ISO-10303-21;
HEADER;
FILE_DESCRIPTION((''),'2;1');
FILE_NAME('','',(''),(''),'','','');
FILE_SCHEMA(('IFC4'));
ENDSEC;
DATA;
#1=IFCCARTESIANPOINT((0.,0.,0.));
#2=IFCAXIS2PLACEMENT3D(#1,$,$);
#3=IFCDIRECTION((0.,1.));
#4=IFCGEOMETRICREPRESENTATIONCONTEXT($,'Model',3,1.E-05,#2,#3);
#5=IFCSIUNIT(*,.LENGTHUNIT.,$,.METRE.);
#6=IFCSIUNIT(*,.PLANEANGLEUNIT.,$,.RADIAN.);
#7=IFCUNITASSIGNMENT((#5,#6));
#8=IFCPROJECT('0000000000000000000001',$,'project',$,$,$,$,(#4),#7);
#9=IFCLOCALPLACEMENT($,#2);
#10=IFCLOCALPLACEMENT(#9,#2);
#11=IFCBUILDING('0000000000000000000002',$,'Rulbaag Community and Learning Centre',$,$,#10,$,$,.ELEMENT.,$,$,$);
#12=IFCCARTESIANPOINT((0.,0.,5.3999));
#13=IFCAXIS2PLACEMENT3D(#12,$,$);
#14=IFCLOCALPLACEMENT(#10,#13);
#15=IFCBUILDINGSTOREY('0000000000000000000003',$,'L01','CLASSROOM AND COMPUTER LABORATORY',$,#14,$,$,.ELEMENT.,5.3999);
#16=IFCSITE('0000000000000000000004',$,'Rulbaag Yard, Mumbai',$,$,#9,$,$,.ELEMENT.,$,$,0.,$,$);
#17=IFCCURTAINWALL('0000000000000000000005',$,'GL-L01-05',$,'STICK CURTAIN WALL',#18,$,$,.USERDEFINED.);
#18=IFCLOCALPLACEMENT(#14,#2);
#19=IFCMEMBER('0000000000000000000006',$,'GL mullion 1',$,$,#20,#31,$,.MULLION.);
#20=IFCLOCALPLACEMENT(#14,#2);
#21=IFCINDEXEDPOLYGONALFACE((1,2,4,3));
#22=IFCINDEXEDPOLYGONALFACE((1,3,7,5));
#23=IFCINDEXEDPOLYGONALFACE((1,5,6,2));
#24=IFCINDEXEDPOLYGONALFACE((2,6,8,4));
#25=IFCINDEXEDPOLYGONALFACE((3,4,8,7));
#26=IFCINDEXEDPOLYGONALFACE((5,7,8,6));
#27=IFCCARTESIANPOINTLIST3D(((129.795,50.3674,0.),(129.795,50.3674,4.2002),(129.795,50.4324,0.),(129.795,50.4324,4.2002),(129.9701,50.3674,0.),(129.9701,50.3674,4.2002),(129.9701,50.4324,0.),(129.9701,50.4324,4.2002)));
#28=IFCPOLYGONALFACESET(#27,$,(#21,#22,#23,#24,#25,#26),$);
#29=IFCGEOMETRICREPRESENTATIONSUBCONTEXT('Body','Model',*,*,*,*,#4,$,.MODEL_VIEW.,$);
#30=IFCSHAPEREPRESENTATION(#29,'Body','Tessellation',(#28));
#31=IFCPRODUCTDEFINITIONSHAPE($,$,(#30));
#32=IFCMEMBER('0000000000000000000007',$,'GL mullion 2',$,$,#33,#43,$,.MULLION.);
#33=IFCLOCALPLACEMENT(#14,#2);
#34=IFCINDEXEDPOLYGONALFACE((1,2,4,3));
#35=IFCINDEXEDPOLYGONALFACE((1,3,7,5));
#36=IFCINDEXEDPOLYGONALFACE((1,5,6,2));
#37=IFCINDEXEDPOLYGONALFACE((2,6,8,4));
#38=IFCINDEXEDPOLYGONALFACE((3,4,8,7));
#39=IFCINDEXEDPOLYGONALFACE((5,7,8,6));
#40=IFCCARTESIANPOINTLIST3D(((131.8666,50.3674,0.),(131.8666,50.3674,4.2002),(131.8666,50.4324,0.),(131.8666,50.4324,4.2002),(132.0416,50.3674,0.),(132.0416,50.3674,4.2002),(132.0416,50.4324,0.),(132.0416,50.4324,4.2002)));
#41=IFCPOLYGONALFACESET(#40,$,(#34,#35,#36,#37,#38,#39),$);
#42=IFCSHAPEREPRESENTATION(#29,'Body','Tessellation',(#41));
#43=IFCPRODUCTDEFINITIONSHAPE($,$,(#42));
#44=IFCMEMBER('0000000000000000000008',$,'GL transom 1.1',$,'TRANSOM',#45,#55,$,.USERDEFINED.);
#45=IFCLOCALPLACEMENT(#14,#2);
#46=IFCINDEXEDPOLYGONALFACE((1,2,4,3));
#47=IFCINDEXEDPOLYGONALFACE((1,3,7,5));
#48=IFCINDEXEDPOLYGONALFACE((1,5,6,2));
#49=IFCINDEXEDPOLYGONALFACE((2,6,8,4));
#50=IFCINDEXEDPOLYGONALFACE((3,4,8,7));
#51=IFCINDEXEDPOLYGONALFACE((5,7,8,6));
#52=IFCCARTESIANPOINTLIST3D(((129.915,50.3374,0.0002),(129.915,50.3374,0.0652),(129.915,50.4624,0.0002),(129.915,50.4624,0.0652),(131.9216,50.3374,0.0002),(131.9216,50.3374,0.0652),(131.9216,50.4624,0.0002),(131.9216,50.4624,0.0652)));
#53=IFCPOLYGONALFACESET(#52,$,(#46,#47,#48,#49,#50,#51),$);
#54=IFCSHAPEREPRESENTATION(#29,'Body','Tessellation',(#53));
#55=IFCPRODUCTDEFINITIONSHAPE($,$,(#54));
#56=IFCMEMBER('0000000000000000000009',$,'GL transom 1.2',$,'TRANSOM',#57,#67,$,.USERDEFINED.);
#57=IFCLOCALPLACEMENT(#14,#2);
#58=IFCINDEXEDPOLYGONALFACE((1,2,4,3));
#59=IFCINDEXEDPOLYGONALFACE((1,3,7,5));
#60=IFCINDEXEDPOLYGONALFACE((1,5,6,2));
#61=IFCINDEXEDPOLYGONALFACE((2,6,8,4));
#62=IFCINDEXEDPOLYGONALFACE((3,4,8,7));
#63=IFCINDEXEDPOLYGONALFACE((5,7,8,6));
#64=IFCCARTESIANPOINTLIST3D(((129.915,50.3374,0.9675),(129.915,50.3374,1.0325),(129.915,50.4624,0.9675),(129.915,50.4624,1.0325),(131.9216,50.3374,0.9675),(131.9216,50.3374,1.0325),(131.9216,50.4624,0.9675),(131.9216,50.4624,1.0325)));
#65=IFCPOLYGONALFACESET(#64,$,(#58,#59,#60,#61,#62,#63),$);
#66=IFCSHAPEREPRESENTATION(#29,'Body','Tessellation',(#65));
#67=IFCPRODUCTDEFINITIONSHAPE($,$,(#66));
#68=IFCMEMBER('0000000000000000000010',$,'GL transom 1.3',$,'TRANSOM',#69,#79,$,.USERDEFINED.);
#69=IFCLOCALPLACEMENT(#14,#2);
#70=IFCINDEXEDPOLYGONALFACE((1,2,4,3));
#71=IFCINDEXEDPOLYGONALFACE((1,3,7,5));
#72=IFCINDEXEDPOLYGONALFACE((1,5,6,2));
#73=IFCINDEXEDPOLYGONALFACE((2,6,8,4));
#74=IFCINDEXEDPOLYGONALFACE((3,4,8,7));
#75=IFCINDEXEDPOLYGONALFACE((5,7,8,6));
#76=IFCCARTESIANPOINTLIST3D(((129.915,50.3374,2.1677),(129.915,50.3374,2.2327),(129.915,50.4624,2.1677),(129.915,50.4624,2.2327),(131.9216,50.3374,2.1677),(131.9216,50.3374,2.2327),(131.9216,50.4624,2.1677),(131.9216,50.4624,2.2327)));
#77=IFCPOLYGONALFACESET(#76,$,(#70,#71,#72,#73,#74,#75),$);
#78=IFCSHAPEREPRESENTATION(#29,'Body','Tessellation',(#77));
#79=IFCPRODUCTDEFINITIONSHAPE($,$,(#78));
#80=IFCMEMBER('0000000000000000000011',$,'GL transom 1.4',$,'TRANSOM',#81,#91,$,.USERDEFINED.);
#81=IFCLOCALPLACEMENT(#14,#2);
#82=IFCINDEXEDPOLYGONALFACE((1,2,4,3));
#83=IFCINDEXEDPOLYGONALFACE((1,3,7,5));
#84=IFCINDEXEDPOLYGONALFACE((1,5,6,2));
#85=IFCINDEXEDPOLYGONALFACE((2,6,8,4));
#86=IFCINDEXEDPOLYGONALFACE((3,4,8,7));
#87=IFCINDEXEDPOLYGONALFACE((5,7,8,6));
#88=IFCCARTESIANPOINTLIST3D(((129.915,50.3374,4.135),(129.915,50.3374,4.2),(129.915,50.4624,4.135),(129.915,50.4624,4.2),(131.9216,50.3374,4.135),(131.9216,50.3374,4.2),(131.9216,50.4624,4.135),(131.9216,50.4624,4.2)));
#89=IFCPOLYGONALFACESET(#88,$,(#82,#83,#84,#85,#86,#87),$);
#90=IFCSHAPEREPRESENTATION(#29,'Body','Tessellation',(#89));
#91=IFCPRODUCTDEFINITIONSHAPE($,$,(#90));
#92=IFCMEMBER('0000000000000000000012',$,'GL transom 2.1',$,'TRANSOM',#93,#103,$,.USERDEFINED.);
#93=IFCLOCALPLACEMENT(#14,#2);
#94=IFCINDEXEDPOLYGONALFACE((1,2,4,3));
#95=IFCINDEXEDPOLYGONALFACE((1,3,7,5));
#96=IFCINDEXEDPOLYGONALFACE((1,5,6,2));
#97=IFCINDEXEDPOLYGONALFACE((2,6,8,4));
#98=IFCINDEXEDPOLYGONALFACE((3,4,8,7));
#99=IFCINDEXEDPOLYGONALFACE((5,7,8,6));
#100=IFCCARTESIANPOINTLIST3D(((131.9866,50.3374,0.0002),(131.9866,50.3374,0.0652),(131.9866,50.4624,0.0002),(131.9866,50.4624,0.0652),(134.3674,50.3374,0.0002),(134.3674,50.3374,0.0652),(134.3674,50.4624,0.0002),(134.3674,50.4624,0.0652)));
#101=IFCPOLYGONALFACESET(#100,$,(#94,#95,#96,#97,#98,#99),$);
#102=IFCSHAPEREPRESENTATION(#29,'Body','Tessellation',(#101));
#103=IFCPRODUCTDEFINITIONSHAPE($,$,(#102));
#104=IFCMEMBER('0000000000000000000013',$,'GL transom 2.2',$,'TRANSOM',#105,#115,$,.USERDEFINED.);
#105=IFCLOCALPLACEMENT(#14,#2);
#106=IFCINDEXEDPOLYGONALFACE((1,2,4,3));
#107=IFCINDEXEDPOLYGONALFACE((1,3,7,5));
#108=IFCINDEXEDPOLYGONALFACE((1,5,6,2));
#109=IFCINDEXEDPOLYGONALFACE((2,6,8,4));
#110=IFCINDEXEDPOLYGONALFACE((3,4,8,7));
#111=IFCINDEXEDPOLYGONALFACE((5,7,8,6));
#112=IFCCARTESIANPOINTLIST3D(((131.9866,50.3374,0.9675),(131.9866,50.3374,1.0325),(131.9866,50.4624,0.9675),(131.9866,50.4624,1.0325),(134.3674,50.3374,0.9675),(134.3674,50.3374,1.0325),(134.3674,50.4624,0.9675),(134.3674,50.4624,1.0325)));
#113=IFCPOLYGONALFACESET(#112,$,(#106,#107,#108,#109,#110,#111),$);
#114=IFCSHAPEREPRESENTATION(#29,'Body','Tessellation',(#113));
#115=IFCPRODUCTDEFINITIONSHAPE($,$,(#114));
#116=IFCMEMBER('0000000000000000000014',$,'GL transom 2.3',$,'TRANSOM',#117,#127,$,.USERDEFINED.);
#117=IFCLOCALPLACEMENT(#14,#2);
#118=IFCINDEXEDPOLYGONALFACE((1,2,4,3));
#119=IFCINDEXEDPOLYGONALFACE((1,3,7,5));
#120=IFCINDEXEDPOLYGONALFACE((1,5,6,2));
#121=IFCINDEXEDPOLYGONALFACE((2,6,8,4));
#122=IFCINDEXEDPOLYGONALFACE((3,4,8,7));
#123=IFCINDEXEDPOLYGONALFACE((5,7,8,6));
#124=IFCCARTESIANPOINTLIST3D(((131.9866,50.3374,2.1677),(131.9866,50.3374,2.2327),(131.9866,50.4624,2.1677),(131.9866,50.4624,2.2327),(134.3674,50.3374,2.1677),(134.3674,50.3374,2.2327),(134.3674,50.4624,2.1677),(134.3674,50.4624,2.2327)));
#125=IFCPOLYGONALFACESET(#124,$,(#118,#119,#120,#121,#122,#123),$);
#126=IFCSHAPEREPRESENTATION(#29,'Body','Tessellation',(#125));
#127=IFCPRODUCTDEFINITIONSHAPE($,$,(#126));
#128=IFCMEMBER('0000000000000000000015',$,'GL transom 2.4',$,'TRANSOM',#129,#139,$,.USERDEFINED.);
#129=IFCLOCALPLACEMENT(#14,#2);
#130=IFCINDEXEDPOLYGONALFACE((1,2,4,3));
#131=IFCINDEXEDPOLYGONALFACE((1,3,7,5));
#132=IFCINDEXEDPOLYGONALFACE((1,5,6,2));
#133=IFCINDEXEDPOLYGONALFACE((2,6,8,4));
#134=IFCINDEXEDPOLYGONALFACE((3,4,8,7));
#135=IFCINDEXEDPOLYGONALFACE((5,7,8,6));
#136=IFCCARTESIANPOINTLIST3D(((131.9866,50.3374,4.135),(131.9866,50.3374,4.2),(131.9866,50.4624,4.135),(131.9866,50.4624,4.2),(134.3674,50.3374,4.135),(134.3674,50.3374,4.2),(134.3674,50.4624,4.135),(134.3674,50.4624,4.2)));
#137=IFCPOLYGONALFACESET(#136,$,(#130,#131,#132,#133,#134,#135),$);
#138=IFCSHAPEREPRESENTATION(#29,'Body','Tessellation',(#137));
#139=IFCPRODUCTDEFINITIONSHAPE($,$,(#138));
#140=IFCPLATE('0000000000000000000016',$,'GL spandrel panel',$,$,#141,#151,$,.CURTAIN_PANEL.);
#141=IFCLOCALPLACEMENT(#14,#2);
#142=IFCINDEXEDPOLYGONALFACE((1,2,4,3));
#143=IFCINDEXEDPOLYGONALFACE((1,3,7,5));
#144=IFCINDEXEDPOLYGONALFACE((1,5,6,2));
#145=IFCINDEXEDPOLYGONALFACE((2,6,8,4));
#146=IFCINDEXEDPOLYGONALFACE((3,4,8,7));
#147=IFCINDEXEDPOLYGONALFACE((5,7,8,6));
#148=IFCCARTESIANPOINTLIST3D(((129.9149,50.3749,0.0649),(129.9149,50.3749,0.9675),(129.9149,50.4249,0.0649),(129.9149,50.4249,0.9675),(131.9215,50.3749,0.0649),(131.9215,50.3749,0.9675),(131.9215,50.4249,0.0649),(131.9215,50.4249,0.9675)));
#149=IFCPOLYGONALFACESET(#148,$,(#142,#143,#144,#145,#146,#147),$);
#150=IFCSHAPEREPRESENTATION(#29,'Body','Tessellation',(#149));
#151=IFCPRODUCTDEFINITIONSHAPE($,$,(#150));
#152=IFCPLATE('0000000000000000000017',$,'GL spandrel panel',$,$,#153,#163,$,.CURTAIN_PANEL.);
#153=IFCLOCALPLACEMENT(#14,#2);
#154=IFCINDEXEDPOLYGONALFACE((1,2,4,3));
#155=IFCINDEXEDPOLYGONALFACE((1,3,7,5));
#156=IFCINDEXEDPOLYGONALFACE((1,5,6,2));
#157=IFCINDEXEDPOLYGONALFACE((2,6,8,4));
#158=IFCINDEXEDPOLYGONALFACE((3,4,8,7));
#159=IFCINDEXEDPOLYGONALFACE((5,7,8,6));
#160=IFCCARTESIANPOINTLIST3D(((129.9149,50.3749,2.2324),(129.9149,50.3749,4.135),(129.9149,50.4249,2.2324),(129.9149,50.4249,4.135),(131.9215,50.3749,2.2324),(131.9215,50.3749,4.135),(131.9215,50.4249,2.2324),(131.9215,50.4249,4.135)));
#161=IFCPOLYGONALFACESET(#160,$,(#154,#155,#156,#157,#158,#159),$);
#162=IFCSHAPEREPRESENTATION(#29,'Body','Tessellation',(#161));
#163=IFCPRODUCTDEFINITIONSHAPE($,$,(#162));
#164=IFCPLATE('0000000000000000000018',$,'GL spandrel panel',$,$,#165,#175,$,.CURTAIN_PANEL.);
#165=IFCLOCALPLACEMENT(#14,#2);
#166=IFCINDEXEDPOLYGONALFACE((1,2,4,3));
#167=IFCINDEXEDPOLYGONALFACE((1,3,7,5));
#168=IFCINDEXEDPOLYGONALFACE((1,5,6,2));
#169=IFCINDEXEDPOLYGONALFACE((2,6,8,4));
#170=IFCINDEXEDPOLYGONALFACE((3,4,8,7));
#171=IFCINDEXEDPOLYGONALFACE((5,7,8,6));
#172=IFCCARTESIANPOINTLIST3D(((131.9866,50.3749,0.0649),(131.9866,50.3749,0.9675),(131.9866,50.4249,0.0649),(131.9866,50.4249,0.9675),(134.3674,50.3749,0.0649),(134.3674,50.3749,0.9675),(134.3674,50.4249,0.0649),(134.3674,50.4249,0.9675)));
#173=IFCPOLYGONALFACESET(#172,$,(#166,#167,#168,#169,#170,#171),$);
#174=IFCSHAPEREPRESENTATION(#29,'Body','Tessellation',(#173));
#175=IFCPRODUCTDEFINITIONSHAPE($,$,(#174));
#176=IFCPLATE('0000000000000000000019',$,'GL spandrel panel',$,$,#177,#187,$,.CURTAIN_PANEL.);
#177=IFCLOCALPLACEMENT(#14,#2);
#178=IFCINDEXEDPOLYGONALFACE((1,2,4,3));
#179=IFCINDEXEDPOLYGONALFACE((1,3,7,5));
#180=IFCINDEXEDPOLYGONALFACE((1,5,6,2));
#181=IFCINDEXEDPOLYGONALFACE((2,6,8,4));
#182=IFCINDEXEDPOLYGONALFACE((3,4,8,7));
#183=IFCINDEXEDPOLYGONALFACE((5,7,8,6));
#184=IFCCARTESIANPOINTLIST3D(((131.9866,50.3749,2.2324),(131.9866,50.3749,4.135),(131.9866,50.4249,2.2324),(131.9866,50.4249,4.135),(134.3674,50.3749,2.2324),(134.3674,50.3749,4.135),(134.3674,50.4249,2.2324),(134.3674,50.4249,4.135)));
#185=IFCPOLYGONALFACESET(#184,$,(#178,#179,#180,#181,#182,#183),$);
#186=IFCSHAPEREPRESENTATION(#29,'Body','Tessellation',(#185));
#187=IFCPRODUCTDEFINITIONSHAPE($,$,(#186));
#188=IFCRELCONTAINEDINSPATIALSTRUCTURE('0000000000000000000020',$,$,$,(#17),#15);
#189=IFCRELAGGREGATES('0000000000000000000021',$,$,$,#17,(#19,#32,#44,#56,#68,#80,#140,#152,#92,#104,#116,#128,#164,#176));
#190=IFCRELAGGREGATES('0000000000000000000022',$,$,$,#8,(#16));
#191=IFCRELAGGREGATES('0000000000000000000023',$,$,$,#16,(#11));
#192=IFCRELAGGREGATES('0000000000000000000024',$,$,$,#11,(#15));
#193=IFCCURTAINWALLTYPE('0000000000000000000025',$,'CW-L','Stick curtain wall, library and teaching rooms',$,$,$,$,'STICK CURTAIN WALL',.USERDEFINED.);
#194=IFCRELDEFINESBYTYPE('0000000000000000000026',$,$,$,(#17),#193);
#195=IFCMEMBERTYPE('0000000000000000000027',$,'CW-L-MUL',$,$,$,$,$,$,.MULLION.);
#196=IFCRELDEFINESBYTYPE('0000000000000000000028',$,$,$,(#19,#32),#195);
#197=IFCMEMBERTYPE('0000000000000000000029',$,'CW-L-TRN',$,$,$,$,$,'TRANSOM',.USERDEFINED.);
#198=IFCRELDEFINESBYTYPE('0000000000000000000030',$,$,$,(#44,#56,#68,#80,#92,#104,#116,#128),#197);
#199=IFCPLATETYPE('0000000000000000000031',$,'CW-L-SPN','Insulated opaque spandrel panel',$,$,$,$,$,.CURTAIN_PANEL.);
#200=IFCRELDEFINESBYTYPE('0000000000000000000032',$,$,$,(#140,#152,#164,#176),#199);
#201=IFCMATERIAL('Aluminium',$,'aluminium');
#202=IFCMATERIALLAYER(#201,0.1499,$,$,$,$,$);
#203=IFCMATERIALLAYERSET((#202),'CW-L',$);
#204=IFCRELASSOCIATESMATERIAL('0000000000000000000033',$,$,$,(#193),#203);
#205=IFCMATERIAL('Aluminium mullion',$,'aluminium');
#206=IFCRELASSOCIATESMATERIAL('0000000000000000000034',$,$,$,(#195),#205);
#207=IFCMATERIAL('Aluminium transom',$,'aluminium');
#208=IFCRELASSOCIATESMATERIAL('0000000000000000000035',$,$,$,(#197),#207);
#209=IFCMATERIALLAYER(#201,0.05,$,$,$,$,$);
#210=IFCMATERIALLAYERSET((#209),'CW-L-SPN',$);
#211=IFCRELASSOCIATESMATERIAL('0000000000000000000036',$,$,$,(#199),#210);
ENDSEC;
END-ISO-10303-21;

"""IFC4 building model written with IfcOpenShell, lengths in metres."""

from ifc_helpers import new_model, si_unit, direction, frame, origin, origin_2d, place, context, subcontext, project, spatial, rectangle, extrude, material, layer, layer_set, material_profile, profile_set, type_object, element, aggregate, save


model = new_model("IFC4")

# Units and contexts
model_context = context("Model", 3, precision=1e-05, world=origin(), true_north=direction((0.0, 1.0)))
body_context = subcontext(model_context, "Body", "Model", "MODEL_VIEW")
ifc_project = project(units=[si_unit("LENGTHUNIT", "METRE"), si_unit("PLANEANGLEUNIT", "RADIAN")], contexts=[model_context])

# Site, building, storey
site_placement = place(None, origin())
site = spatial("IfcSite", under=ifc_project, at=site_placement, Name="Rulbaag Yard, Mumbai", CompositionType="ELEMENT", RefElevation=0.0)
building_placement = place(site_placement, origin())
building = spatial("IfcBuilding", under=site, at=building_placement, Name="Rulbaag Community and Learning Centre", CompositionType="ELEMENT")
storey_placement = place(building_placement, frame((0.0, 0.0, 5.3999)))
storey = spatial("IfcBuildingStorey", under=building, at=storey_placement, Name="L01", Description="CLASSROOM AND COMPUTER LABORATORY", CompositionType="ELEMENT", Elevation=5.3999)

# Curtain wall, members, plates
ifc_material_1 = material(Name="Aluminium", Category="aluminium")
ifc_layer_1 = layer(ifc_material_1, 0.1499)
ifc_layer_set_1 = layer_set([ifc_layer_1], Name="CW-L")
curtain_wall_type = type_object("IfcCurtainWallType", Name="CW-L", Description="Stick curtain wall, library and teaching rooms", ElementType="STICK CURTAIN WALL", PredefinedType="USERDEFINED", material=ifc_layer_set_1)
curtain_wall_placement = place(storey_placement, origin())
curtain_wall = element("IfcCurtainWall", 1, at=curtain_wall_placement, inside=storey, type_object=curtain_wall_type, Name="GL-L01-05", ObjectType="STICK CURTAIN WALL", PredefinedType="USERDEFINED")
ifc_material_2 = material(Name="Aluminium mullion", Category="aluminium")
ifc_material_profile_1 = material_profile(ifc_material_2, rectangle(XDim=0.0649, YDim=0.175, at=origin_2d()), Name="AL 65x175")
ifc_profile_set_1 = profile_set([ifc_material_profile_1], Name="Aluminium mullion")
member_type_1 = type_object("IfcMemberType", Name="CW-L-MUL", PredefinedType="MULLION", material=ifc_profile_set_1)
member_1_placement = place(storey_placement, frame((129.8826, 50.3999, 0.0), z_axis=(0.0, 0.0, 1.0), x_axis=(0.0, 1.0, 0.0)))
member_1 = element("IfcMember", 2, at=member_1_placement, type_object=member_type_1, Name="GL mullion 1", PredefinedType="MULLION", context=body_context, shape_type="SweptSolid", body=[
    extrude(rectangle(XDim=0.0649, YDim=0.175, at=origin_2d()), origin(), (0.0, 0.0, 1.0), 4.2002),
])
member_2_placement = place(storey_placement, frame((131.9541, 50.3999, 0.0), z_axis=(0.0, 0.0, 1.0), x_axis=(0.0, 1.0, 0.0)))
member_2 = element("IfcMember", 3, at=member_2_placement, type_object=member_type_1, Name="GL mullion 2", PredefinedType="MULLION", context=body_context, shape_type="SweptSolid", body=[
    extrude(rectangle(XDim=0.0649, YDim=0.175, at=origin_2d()), origin(), (0.0, 0.0, 1.0), 4.2002),
])
ifc_material_3 = material(Name="Aluminium transom", Category="aluminium")
ifc_material_profile_2 = material_profile(ifc_material_3, rectangle(XDim=0.125, YDim=0.0649, at=origin_2d()), Name="AL 65x125 T")
ifc_profile_set_2 = profile_set([ifc_material_profile_2], Name="Aluminium transom")
member_type_2 = type_object("IfcMemberType", Name="CW-L-TRN", ElementType="TRANSOM", PredefinedType="USERDEFINED", material=ifc_profile_set_2)
member_3_placement = place(storey_placement, frame((129.915, 50.3999, 0.0327), z_axis=(1.0, 0.0, 0.0), x_axis=(0.0, 1.0, 0.0)))
member_3 = element("IfcMember", 4, at=member_3_placement, type_object=member_type_2, Name="GL transom 1.1", ObjectType="TRANSOM", PredefinedType="USERDEFINED", context=body_context, shape_type="SweptSolid", body=[
    extrude(rectangle(XDim=0.125, YDim=0.0649, at=origin_2d()), origin(), (0.0, 0.0, 1.0), 2.0066),
])
member_4_placement = place(storey_placement, frame((129.915, 50.3999, 1.0), z_axis=(1.0, 0.0, 0.0), x_axis=(0.0, 1.0, 0.0)))
member_4 = element("IfcMember", 5, at=member_4_placement, type_object=member_type_2, Name="GL transom 1.2", ObjectType="TRANSOM", PredefinedType="USERDEFINED", context=body_context, shape_type="SweptSolid", body=[
    extrude(rectangle(XDim=0.125, YDim=0.0649, at=origin_2d()), origin(), (0.0, 0.0, 1.0), 2.0066),
])
member_5_placement = place(storey_placement, frame((129.915, 50.3999, 2.2002), z_axis=(1.0, 0.0, 0.0), x_axis=(0.0, 1.0, 0.0)))
member_5 = element("IfcMember", 6, at=member_5_placement, type_object=member_type_2, Name="GL transom 1.3", ObjectType="TRANSOM", PredefinedType="USERDEFINED", context=body_context, shape_type="SweptSolid", body=[
    extrude(rectangle(XDim=0.125, YDim=0.0649, at=origin_2d()), origin(), (0.0, 0.0, 1.0), 2.0066),
])
member_6_placement = place(storey_placement, frame((129.915, 50.3999, 4.1675), z_axis=(1.0, 0.0, 0.0), x_axis=(0.0, 1.0, 0.0)))
member_6 = element("IfcMember", 7, at=member_6_placement, type_object=member_type_2, Name="GL transom 1.4", ObjectType="TRANSOM", PredefinedType="USERDEFINED", context=body_context, shape_type="SweptSolid", body=[
    extrude(rectangle(XDim=0.125, YDim=0.0649, at=origin_2d()), origin(), (0.0, 0.0, 1.0), 2.0066),
])
member_7_placement = place(storey_placement, frame((131.9866, 50.3999, 0.0327), z_axis=(1.0, 0.0, 0.0), x_axis=(0.0, 1.0, 0.0)))
member_7 = element("IfcMember", 8, at=member_7_placement, type_object=member_type_2, Name="GL transom 2.1", ObjectType="TRANSOM", PredefinedType="USERDEFINED", context=body_context, shape_type="SweptSolid", body=[
    extrude(rectangle(XDim=0.125, YDim=0.0649, at=origin_2d()), origin(), (0.0, 0.0, 1.0), 2.3809),
])
member_8_placement = place(storey_placement, frame((131.9866, 50.3999, 1.0), z_axis=(1.0, 0.0, 0.0), x_axis=(0.0, 1.0, 0.0)))
member_8 = element("IfcMember", 9, at=member_8_placement, type_object=member_type_2, Name="GL transom 2.2", ObjectType="TRANSOM", PredefinedType="USERDEFINED", context=body_context, shape_type="SweptSolid", body=[
    extrude(rectangle(XDim=0.125, YDim=0.0649, at=origin_2d()), origin(), (0.0, 0.0, 1.0), 2.3809),
])
member_9_placement = place(storey_placement, frame((131.9866, 50.3999, 2.2002), z_axis=(1.0, 0.0, 0.0), x_axis=(0.0, 1.0, 0.0)))
member_9 = element("IfcMember", 10, at=member_9_placement, type_object=member_type_2, Name="GL transom 2.3", ObjectType="TRANSOM", PredefinedType="USERDEFINED", context=body_context, shape_type="SweptSolid", body=[
    extrude(rectangle(XDim=0.125, YDim=0.0649, at=origin_2d()), origin(), (0.0, 0.0, 1.0), 2.3809),
])
member_10_placement = place(storey_placement, frame((131.9866, 50.3999, 4.1675), z_axis=(1.0, 0.0, 0.0), x_axis=(0.0, 1.0, 0.0)))
member_10 = element("IfcMember", 11, at=member_10_placement, type_object=member_type_2, Name="GL transom 2.4", ObjectType="TRANSOM", PredefinedType="USERDEFINED", context=body_context, shape_type="SweptSolid", body=[
    extrude(rectangle(XDim=0.125, YDim=0.0649, at=origin_2d()), origin(), (0.0, 0.0, 1.0), 2.3809),
])
ifc_layer_2 = layer(ifc_material_1, 0.05)
ifc_layer_set_2 = layer_set([ifc_layer_2], Name="CW-L-SPN")
plate_type_1 = type_object("IfcPlateType", Name="CW-L-SPN", Description="Insulated opaque spandrel panel", PredefinedType="CURTAIN_PANEL", material=ifc_layer_set_2)
plate_1_placement = place(storey_placement, frame((130.9182, 50.3999, 0.0649), z_axis=(0.0, 0.0, 1.0), x_axis=(1.0, 0.0, 0.0)))
plate_1 = element("IfcPlate", 12, at=plate_1_placement, type_object=plate_type_1, Name="GL spandrel panel", PredefinedType="CURTAIN_PANEL", context=body_context, shape_type="SweptSolid", body=[
    extrude(rectangle(XDim=2.0066, YDim=0.05, at=origin_2d()), origin(), (0.0, 0.0, 1.0), 0.9026),
])
plate_2_placement = place(storey_placement, frame((130.9182, 50.3999, 2.2324), z_axis=(0.0, 0.0, 1.0), x_axis=(1.0, 0.0, 0.0)))
plate_2 = element("IfcPlate", 13, at=plate_2_placement, type_object=plate_type_1, Name="GL spandrel panel", PredefinedType="CURTAIN_PANEL", context=body_context, shape_type="SweptSolid", body=[
    extrude(rectangle(XDim=2.0066, YDim=0.05, at=origin_2d()), origin(), (0.0, 0.0, 1.0), 1.9026),
])
plate_3_placement = place(storey_placement, frame((133.177, 50.3999, 0.0649), z_axis=(0.0, 0.0, 1.0), x_axis=(1.0, 0.0, 0.0)))
plate_3 = element("IfcPlate", 14, at=plate_3_placement, type_object=plate_type_1, Name="GL spandrel panel", PredefinedType="CURTAIN_PANEL", context=body_context, shape_type="SweptSolid", body=[
    extrude(rectangle(XDim=2.3809, YDim=0.05, at=origin_2d()), origin(), (0.0, 0.0, 1.0), 0.9026),
])
plate_4_placement = place(storey_placement, frame((133.177, 50.3999, 2.2324), z_axis=(0.0, 0.0, 1.0), x_axis=(1.0, 0.0, 0.0)))
plate_4 = element("IfcPlate", 15, at=plate_4_placement, type_object=plate_type_1, Name="GL spandrel panel", PredefinedType="CURTAIN_PANEL", context=body_context, shape_type="SweptSolid", body=[
    extrude(rectangle(XDim=2.3809, YDim=0.05, at=origin_2d()), origin(), (0.0, 0.0, 1.0), 1.9026),
])
aggregate(curtain_wall, [member_1, member_2, member_3, member_4, member_5, member_6, plate_1, plate_2, member_7, member_8, member_9, member_10, plate_3, plate_4])

save(model, "model.ifc")
